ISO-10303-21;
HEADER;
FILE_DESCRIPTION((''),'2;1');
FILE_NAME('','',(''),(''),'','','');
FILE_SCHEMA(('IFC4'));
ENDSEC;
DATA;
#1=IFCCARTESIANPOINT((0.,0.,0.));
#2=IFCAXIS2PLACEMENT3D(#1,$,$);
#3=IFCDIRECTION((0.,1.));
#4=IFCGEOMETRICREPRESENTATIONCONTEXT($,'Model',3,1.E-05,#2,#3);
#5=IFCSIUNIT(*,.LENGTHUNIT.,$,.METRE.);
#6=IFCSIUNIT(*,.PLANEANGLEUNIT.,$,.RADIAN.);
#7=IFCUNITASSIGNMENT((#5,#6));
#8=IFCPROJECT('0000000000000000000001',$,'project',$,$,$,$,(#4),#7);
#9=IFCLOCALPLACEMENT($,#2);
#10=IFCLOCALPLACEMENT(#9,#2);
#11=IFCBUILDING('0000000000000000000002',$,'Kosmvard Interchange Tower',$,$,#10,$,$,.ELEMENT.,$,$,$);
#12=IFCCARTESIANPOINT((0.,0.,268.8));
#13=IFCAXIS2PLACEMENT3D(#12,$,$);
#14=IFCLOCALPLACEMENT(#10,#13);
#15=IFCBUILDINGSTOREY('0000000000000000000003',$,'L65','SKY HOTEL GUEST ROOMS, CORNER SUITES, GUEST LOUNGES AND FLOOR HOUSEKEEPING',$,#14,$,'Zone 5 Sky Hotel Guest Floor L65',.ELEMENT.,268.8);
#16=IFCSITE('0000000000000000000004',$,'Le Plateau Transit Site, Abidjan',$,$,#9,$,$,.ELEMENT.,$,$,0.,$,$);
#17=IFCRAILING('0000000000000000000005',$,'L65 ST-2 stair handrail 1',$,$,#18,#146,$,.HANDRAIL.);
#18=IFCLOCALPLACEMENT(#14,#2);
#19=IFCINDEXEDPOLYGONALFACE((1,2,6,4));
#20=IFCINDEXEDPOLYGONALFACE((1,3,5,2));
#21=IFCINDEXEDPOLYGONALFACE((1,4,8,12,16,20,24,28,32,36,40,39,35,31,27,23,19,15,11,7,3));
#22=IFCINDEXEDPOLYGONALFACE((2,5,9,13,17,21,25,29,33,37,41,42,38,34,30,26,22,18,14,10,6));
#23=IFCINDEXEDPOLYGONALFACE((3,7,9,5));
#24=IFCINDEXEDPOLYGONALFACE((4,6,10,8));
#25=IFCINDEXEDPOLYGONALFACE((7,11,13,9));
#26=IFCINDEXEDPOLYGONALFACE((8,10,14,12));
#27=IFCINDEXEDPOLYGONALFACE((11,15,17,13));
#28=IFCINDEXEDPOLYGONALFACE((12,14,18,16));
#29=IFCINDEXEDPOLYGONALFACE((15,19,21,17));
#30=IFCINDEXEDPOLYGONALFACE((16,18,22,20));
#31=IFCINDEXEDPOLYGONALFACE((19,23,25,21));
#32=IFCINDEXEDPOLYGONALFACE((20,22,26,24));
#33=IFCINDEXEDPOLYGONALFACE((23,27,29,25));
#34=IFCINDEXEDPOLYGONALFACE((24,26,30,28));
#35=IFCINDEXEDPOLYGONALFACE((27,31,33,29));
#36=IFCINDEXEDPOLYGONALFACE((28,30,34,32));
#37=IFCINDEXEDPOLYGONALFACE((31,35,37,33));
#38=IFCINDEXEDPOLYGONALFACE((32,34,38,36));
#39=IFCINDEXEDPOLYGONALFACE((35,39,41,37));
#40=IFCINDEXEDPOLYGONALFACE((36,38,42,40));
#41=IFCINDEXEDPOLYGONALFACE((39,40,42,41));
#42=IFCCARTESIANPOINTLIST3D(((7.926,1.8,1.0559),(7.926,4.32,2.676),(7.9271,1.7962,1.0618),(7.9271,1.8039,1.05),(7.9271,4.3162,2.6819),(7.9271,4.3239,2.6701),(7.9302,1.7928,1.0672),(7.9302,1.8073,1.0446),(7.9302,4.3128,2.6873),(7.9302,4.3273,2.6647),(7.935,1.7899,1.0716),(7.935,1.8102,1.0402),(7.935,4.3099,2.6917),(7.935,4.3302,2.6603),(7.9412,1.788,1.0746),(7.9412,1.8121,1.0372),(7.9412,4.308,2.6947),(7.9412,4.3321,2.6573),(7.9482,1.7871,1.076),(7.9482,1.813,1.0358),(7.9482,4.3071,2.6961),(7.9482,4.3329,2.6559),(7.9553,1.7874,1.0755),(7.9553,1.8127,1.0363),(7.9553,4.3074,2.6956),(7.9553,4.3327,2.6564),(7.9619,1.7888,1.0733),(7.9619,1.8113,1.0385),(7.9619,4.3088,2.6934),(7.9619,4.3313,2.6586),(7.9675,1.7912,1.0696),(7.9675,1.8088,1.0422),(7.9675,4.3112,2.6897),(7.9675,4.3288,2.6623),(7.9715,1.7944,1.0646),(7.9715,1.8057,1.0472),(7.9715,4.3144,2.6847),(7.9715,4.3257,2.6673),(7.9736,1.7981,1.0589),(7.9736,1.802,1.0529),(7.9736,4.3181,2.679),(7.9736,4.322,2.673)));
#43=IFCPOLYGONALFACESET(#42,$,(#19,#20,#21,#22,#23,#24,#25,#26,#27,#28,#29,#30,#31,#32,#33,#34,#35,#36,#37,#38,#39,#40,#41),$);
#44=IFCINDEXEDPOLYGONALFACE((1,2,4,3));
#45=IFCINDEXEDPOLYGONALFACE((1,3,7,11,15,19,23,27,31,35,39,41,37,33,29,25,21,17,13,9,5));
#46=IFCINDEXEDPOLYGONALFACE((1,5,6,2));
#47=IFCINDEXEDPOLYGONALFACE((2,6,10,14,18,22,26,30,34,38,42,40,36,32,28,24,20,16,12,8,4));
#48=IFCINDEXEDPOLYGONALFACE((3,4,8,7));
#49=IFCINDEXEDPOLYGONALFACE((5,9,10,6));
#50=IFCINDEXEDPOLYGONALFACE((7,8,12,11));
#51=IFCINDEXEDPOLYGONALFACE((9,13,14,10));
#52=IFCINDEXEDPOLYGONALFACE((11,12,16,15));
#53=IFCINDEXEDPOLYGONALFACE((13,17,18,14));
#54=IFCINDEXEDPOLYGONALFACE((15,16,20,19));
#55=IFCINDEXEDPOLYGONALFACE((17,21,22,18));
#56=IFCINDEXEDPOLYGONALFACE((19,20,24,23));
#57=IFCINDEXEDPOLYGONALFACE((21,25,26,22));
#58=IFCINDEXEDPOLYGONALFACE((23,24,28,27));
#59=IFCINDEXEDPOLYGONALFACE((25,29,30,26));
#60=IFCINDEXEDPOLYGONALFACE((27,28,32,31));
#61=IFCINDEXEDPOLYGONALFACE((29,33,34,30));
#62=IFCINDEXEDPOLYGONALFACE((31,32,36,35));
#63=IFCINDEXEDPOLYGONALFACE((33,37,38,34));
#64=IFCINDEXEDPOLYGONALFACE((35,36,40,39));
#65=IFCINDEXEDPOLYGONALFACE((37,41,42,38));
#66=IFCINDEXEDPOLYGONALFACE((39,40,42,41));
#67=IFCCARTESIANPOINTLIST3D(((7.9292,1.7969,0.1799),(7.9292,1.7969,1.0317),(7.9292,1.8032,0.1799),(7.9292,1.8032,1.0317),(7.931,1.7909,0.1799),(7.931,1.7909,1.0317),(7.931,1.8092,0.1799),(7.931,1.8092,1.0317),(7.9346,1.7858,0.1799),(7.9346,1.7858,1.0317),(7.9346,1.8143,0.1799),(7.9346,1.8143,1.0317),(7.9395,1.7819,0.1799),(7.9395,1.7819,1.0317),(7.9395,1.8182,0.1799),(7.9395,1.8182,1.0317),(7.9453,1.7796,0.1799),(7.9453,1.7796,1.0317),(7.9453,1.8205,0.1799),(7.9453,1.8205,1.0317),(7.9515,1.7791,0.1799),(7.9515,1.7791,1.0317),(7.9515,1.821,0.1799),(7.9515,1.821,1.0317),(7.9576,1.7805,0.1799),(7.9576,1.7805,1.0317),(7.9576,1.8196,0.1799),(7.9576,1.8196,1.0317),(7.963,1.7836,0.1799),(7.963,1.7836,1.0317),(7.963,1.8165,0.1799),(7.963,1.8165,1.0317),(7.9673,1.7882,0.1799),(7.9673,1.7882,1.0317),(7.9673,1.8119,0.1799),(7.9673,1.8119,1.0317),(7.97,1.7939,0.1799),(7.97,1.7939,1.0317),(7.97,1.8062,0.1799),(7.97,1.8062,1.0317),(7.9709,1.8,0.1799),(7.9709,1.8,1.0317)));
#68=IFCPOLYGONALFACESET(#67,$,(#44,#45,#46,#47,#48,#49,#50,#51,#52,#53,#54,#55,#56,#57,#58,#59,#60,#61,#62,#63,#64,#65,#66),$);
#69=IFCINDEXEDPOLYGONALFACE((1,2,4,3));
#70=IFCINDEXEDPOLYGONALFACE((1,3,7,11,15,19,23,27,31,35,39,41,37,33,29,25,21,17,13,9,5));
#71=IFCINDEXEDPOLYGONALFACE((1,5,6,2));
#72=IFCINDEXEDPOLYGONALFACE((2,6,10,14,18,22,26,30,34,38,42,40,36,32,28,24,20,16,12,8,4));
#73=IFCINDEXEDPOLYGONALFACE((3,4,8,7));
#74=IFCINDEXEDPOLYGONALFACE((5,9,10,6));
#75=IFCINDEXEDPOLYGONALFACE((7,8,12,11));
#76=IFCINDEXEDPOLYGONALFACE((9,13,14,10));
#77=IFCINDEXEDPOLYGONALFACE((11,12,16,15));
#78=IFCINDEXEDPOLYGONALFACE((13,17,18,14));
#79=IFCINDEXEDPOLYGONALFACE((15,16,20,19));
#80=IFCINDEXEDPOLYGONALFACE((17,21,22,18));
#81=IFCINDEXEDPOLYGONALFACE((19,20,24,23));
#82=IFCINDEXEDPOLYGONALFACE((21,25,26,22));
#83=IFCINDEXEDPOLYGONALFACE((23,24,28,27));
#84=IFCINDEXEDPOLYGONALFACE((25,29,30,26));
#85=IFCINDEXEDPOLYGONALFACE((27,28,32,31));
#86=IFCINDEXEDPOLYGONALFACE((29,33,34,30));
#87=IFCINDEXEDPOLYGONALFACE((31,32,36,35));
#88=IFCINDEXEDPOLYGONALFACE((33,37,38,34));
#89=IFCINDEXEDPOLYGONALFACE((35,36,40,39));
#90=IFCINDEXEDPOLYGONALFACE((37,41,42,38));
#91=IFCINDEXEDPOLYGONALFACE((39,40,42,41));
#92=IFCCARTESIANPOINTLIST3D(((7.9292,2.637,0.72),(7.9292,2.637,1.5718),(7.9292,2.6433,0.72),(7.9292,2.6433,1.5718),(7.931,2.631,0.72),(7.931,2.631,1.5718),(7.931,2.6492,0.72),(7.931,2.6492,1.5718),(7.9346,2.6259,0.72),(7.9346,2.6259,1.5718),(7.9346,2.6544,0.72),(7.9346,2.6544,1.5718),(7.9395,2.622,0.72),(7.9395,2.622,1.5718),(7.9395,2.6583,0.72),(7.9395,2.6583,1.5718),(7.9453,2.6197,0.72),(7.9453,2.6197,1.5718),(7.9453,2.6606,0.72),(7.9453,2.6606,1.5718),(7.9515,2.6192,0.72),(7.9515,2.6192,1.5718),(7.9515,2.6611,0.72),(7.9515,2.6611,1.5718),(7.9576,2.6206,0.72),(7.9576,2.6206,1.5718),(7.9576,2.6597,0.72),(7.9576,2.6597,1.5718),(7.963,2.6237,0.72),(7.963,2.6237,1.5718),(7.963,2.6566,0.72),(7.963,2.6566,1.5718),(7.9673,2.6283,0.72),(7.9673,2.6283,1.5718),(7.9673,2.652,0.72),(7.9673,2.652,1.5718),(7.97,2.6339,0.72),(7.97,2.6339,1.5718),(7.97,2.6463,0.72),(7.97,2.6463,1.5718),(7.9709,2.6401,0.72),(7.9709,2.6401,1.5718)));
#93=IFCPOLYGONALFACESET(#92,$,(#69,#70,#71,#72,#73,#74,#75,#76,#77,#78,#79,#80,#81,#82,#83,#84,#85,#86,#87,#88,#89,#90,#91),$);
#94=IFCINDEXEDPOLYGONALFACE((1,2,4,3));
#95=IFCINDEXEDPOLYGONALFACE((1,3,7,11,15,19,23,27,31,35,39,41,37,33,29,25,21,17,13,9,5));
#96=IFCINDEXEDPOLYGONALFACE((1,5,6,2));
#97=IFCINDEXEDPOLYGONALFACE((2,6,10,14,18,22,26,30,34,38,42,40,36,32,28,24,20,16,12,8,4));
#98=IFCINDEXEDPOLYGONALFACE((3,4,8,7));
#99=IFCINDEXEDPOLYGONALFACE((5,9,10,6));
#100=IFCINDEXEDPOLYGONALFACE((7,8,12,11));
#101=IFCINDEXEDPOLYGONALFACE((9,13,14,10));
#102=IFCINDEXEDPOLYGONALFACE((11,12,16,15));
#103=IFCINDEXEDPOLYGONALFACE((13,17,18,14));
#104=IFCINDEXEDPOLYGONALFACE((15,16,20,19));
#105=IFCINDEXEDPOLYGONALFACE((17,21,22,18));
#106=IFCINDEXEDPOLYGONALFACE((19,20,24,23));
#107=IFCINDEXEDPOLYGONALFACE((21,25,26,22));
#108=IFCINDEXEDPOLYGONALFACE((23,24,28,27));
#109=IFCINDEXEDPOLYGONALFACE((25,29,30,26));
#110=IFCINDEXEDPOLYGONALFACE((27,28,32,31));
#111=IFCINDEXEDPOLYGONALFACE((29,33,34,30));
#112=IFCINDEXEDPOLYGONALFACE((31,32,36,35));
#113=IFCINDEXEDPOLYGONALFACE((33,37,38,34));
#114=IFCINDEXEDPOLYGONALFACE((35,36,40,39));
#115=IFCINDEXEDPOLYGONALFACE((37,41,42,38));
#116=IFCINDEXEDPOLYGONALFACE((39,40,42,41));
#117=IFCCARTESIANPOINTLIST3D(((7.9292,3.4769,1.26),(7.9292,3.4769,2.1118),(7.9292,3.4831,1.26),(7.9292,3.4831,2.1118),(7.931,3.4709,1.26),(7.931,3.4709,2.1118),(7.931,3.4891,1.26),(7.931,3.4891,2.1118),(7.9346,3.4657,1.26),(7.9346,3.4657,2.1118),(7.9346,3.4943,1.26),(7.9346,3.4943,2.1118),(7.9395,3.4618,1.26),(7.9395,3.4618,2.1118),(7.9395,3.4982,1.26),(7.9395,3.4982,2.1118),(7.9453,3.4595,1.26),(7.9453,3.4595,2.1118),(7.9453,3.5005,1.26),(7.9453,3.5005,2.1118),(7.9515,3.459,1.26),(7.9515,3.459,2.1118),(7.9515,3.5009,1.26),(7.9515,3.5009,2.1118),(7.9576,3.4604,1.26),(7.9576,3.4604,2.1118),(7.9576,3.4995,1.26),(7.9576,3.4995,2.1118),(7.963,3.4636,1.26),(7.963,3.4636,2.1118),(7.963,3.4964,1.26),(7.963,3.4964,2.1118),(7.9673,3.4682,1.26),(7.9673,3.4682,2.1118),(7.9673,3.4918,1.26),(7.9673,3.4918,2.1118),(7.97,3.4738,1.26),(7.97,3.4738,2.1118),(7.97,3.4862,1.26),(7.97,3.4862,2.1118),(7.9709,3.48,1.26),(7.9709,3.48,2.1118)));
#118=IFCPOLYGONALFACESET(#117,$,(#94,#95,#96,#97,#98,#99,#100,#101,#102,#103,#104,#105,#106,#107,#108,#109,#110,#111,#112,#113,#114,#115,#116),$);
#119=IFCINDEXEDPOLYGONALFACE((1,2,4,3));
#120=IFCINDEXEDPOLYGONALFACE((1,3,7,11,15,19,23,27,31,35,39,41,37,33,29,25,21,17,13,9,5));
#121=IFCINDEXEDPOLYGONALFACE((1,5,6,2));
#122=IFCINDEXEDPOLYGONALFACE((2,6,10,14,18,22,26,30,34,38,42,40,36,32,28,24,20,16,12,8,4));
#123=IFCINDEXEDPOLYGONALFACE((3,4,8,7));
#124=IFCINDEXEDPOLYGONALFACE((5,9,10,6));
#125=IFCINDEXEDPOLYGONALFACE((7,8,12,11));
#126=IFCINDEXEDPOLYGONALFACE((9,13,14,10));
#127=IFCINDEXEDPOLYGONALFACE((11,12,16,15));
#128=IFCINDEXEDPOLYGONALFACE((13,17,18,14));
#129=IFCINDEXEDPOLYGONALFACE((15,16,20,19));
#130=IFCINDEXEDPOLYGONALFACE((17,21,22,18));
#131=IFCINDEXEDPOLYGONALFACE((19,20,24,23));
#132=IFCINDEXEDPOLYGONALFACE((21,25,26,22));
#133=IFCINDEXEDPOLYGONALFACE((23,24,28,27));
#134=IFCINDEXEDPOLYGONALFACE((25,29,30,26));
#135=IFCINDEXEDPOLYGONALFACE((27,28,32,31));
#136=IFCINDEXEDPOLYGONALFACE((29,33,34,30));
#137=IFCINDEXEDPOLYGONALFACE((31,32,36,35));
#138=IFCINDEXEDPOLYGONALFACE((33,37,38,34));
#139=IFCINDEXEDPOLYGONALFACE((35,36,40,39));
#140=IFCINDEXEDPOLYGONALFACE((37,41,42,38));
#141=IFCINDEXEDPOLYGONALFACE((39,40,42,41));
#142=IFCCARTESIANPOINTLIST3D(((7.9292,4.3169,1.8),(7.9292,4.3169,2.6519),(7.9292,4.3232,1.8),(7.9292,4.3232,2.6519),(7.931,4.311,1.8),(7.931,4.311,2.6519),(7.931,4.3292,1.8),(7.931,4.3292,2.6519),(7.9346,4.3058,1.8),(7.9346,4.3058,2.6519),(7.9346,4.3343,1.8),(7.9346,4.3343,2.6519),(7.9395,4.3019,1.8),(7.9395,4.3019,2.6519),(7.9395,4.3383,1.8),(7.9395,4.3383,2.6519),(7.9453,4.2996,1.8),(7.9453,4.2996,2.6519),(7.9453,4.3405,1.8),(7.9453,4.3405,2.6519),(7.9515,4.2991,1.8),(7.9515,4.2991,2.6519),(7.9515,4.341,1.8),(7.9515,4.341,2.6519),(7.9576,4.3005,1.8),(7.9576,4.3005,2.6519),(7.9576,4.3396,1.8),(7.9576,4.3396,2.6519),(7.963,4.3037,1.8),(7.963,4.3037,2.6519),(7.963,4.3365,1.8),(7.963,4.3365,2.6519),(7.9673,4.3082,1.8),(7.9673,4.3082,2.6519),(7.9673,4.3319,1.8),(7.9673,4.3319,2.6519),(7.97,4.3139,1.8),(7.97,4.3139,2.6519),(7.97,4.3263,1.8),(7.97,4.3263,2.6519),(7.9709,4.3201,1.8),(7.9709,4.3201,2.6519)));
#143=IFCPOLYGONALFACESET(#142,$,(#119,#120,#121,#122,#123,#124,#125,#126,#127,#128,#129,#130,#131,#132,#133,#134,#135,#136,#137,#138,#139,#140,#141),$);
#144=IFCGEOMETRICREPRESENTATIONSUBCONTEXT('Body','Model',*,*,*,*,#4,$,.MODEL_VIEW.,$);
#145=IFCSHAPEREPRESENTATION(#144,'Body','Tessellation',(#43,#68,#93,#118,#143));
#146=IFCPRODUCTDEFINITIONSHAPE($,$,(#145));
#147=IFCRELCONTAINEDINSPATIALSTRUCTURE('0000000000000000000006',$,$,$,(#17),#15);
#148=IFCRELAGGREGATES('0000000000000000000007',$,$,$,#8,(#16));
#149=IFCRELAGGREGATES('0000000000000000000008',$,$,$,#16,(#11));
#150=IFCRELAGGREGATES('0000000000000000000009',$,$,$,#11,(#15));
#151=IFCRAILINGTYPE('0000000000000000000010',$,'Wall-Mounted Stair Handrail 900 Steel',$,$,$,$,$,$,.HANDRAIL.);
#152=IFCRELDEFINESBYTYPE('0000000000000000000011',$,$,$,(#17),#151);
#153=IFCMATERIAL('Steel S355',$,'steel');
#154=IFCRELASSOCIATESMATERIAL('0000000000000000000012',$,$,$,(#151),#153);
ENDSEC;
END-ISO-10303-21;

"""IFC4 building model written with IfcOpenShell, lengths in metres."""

from ifc_helpers import new_model, si_unit, direction, frame, origin, origin_2d, place, context, subcontext, project, spatial, circle, extrude, source, transform, mapped, material, type_object, element, save


model = new_model("IFC4")

# Units and contexts
model_context = context("Model", 3, precision=1e-05, world=origin(), true_north=direction((0.0, 1.0)))
body_context = subcontext(model_context, "Body", "Model", "MODEL_VIEW")
ifc_project = project(units=[si_unit("LENGTHUNIT", "METRE"), si_unit("PLANEANGLEUNIT", "RADIAN")], contexts=[model_context])

# Site, building, storey
site_placement = place(None, origin())
site = spatial("IfcSite", under=ifc_project, at=site_placement, Name="Le Plateau Transit Site, Abidjan", CompositionType="ELEMENT", RefElevation=0.0)
building_placement = place(site_placement, origin())
building = spatial("IfcBuilding", under=site, at=building_placement, Name="Kosmvard Interchange Tower", CompositionType="ELEMENT")
storey_placement = place(building_placement, frame((0.0, 0.0, 268.8)))
storey = spatial("IfcBuildingStorey", under=building, at=storey_placement, Name="L65", Description="SKY HOTEL GUEST ROOMS, CORNER SUITES, GUEST LOUNGES AND FLOOR HOUSEKEEPING", LongName="Zone 5 Sky Hotel Guest Floor L65", CompositionType="ELEMENT", Elevation=268.8)

# Shared definitions
ifc_material_1 = material(Name="Steel S355", Category="steel")

# Railing
railing_type_1 = type_object("IfcRailingType", Name="Wall-Mounted Stair Handrail 900 Steel", PredefinedType="HANDRAIL", material=ifc_material_1)
shared_shape_1 = source(origin(), body_context, "Body", "SweptSolid", [
    extrude(circle(Radius=0.0239, at=origin_2d()), frame((0.0, 0.0, 0.876), z_axis=(0.0, 0.841163, 0.540782), x_axis=(-1.0, 0.0, 0.0)), (0.0, 0.0, 1.0), 2.9958),
    extrude(circle(Radius=0.021, at=origin_2d()), origin(), (0.0, 0.0, 1.0), 0.8518),
    extrude(circle(Radius=0.021, at=origin_2d()), frame((0.0, 0.8401, 0.54)), (0.0, 0.0, 1.0), 0.8518),
    extrude(circle(Radius=0.021, at=origin_2d()), frame((0.0, 1.6799, 1.0801)), (0.0, 0.0, 1.0), 0.8518),
    extrude(circle(Radius=0.021, at=origin_2d()), frame((0.0, 2.52, 1.6201)), (0.0, 0.0, 1.0), 0.8518),
])
railing_1_placement = place(storey_placement, frame((7.95, 1.8, 0.1799)))
element("IfcRailing", 1, at=railing_1_placement, inside=storey, type_object=railing_type_1, Name="L65 ST-2 stair handrail 1", PredefinedType="HANDRAIL", context=body_context, shape_type="MappedRepresentation", body=[
    mapped(shared_shape_1, transform((0.0, 0.0, 0.0), scale=1.0)),
])

save(model, "model.ifc")
